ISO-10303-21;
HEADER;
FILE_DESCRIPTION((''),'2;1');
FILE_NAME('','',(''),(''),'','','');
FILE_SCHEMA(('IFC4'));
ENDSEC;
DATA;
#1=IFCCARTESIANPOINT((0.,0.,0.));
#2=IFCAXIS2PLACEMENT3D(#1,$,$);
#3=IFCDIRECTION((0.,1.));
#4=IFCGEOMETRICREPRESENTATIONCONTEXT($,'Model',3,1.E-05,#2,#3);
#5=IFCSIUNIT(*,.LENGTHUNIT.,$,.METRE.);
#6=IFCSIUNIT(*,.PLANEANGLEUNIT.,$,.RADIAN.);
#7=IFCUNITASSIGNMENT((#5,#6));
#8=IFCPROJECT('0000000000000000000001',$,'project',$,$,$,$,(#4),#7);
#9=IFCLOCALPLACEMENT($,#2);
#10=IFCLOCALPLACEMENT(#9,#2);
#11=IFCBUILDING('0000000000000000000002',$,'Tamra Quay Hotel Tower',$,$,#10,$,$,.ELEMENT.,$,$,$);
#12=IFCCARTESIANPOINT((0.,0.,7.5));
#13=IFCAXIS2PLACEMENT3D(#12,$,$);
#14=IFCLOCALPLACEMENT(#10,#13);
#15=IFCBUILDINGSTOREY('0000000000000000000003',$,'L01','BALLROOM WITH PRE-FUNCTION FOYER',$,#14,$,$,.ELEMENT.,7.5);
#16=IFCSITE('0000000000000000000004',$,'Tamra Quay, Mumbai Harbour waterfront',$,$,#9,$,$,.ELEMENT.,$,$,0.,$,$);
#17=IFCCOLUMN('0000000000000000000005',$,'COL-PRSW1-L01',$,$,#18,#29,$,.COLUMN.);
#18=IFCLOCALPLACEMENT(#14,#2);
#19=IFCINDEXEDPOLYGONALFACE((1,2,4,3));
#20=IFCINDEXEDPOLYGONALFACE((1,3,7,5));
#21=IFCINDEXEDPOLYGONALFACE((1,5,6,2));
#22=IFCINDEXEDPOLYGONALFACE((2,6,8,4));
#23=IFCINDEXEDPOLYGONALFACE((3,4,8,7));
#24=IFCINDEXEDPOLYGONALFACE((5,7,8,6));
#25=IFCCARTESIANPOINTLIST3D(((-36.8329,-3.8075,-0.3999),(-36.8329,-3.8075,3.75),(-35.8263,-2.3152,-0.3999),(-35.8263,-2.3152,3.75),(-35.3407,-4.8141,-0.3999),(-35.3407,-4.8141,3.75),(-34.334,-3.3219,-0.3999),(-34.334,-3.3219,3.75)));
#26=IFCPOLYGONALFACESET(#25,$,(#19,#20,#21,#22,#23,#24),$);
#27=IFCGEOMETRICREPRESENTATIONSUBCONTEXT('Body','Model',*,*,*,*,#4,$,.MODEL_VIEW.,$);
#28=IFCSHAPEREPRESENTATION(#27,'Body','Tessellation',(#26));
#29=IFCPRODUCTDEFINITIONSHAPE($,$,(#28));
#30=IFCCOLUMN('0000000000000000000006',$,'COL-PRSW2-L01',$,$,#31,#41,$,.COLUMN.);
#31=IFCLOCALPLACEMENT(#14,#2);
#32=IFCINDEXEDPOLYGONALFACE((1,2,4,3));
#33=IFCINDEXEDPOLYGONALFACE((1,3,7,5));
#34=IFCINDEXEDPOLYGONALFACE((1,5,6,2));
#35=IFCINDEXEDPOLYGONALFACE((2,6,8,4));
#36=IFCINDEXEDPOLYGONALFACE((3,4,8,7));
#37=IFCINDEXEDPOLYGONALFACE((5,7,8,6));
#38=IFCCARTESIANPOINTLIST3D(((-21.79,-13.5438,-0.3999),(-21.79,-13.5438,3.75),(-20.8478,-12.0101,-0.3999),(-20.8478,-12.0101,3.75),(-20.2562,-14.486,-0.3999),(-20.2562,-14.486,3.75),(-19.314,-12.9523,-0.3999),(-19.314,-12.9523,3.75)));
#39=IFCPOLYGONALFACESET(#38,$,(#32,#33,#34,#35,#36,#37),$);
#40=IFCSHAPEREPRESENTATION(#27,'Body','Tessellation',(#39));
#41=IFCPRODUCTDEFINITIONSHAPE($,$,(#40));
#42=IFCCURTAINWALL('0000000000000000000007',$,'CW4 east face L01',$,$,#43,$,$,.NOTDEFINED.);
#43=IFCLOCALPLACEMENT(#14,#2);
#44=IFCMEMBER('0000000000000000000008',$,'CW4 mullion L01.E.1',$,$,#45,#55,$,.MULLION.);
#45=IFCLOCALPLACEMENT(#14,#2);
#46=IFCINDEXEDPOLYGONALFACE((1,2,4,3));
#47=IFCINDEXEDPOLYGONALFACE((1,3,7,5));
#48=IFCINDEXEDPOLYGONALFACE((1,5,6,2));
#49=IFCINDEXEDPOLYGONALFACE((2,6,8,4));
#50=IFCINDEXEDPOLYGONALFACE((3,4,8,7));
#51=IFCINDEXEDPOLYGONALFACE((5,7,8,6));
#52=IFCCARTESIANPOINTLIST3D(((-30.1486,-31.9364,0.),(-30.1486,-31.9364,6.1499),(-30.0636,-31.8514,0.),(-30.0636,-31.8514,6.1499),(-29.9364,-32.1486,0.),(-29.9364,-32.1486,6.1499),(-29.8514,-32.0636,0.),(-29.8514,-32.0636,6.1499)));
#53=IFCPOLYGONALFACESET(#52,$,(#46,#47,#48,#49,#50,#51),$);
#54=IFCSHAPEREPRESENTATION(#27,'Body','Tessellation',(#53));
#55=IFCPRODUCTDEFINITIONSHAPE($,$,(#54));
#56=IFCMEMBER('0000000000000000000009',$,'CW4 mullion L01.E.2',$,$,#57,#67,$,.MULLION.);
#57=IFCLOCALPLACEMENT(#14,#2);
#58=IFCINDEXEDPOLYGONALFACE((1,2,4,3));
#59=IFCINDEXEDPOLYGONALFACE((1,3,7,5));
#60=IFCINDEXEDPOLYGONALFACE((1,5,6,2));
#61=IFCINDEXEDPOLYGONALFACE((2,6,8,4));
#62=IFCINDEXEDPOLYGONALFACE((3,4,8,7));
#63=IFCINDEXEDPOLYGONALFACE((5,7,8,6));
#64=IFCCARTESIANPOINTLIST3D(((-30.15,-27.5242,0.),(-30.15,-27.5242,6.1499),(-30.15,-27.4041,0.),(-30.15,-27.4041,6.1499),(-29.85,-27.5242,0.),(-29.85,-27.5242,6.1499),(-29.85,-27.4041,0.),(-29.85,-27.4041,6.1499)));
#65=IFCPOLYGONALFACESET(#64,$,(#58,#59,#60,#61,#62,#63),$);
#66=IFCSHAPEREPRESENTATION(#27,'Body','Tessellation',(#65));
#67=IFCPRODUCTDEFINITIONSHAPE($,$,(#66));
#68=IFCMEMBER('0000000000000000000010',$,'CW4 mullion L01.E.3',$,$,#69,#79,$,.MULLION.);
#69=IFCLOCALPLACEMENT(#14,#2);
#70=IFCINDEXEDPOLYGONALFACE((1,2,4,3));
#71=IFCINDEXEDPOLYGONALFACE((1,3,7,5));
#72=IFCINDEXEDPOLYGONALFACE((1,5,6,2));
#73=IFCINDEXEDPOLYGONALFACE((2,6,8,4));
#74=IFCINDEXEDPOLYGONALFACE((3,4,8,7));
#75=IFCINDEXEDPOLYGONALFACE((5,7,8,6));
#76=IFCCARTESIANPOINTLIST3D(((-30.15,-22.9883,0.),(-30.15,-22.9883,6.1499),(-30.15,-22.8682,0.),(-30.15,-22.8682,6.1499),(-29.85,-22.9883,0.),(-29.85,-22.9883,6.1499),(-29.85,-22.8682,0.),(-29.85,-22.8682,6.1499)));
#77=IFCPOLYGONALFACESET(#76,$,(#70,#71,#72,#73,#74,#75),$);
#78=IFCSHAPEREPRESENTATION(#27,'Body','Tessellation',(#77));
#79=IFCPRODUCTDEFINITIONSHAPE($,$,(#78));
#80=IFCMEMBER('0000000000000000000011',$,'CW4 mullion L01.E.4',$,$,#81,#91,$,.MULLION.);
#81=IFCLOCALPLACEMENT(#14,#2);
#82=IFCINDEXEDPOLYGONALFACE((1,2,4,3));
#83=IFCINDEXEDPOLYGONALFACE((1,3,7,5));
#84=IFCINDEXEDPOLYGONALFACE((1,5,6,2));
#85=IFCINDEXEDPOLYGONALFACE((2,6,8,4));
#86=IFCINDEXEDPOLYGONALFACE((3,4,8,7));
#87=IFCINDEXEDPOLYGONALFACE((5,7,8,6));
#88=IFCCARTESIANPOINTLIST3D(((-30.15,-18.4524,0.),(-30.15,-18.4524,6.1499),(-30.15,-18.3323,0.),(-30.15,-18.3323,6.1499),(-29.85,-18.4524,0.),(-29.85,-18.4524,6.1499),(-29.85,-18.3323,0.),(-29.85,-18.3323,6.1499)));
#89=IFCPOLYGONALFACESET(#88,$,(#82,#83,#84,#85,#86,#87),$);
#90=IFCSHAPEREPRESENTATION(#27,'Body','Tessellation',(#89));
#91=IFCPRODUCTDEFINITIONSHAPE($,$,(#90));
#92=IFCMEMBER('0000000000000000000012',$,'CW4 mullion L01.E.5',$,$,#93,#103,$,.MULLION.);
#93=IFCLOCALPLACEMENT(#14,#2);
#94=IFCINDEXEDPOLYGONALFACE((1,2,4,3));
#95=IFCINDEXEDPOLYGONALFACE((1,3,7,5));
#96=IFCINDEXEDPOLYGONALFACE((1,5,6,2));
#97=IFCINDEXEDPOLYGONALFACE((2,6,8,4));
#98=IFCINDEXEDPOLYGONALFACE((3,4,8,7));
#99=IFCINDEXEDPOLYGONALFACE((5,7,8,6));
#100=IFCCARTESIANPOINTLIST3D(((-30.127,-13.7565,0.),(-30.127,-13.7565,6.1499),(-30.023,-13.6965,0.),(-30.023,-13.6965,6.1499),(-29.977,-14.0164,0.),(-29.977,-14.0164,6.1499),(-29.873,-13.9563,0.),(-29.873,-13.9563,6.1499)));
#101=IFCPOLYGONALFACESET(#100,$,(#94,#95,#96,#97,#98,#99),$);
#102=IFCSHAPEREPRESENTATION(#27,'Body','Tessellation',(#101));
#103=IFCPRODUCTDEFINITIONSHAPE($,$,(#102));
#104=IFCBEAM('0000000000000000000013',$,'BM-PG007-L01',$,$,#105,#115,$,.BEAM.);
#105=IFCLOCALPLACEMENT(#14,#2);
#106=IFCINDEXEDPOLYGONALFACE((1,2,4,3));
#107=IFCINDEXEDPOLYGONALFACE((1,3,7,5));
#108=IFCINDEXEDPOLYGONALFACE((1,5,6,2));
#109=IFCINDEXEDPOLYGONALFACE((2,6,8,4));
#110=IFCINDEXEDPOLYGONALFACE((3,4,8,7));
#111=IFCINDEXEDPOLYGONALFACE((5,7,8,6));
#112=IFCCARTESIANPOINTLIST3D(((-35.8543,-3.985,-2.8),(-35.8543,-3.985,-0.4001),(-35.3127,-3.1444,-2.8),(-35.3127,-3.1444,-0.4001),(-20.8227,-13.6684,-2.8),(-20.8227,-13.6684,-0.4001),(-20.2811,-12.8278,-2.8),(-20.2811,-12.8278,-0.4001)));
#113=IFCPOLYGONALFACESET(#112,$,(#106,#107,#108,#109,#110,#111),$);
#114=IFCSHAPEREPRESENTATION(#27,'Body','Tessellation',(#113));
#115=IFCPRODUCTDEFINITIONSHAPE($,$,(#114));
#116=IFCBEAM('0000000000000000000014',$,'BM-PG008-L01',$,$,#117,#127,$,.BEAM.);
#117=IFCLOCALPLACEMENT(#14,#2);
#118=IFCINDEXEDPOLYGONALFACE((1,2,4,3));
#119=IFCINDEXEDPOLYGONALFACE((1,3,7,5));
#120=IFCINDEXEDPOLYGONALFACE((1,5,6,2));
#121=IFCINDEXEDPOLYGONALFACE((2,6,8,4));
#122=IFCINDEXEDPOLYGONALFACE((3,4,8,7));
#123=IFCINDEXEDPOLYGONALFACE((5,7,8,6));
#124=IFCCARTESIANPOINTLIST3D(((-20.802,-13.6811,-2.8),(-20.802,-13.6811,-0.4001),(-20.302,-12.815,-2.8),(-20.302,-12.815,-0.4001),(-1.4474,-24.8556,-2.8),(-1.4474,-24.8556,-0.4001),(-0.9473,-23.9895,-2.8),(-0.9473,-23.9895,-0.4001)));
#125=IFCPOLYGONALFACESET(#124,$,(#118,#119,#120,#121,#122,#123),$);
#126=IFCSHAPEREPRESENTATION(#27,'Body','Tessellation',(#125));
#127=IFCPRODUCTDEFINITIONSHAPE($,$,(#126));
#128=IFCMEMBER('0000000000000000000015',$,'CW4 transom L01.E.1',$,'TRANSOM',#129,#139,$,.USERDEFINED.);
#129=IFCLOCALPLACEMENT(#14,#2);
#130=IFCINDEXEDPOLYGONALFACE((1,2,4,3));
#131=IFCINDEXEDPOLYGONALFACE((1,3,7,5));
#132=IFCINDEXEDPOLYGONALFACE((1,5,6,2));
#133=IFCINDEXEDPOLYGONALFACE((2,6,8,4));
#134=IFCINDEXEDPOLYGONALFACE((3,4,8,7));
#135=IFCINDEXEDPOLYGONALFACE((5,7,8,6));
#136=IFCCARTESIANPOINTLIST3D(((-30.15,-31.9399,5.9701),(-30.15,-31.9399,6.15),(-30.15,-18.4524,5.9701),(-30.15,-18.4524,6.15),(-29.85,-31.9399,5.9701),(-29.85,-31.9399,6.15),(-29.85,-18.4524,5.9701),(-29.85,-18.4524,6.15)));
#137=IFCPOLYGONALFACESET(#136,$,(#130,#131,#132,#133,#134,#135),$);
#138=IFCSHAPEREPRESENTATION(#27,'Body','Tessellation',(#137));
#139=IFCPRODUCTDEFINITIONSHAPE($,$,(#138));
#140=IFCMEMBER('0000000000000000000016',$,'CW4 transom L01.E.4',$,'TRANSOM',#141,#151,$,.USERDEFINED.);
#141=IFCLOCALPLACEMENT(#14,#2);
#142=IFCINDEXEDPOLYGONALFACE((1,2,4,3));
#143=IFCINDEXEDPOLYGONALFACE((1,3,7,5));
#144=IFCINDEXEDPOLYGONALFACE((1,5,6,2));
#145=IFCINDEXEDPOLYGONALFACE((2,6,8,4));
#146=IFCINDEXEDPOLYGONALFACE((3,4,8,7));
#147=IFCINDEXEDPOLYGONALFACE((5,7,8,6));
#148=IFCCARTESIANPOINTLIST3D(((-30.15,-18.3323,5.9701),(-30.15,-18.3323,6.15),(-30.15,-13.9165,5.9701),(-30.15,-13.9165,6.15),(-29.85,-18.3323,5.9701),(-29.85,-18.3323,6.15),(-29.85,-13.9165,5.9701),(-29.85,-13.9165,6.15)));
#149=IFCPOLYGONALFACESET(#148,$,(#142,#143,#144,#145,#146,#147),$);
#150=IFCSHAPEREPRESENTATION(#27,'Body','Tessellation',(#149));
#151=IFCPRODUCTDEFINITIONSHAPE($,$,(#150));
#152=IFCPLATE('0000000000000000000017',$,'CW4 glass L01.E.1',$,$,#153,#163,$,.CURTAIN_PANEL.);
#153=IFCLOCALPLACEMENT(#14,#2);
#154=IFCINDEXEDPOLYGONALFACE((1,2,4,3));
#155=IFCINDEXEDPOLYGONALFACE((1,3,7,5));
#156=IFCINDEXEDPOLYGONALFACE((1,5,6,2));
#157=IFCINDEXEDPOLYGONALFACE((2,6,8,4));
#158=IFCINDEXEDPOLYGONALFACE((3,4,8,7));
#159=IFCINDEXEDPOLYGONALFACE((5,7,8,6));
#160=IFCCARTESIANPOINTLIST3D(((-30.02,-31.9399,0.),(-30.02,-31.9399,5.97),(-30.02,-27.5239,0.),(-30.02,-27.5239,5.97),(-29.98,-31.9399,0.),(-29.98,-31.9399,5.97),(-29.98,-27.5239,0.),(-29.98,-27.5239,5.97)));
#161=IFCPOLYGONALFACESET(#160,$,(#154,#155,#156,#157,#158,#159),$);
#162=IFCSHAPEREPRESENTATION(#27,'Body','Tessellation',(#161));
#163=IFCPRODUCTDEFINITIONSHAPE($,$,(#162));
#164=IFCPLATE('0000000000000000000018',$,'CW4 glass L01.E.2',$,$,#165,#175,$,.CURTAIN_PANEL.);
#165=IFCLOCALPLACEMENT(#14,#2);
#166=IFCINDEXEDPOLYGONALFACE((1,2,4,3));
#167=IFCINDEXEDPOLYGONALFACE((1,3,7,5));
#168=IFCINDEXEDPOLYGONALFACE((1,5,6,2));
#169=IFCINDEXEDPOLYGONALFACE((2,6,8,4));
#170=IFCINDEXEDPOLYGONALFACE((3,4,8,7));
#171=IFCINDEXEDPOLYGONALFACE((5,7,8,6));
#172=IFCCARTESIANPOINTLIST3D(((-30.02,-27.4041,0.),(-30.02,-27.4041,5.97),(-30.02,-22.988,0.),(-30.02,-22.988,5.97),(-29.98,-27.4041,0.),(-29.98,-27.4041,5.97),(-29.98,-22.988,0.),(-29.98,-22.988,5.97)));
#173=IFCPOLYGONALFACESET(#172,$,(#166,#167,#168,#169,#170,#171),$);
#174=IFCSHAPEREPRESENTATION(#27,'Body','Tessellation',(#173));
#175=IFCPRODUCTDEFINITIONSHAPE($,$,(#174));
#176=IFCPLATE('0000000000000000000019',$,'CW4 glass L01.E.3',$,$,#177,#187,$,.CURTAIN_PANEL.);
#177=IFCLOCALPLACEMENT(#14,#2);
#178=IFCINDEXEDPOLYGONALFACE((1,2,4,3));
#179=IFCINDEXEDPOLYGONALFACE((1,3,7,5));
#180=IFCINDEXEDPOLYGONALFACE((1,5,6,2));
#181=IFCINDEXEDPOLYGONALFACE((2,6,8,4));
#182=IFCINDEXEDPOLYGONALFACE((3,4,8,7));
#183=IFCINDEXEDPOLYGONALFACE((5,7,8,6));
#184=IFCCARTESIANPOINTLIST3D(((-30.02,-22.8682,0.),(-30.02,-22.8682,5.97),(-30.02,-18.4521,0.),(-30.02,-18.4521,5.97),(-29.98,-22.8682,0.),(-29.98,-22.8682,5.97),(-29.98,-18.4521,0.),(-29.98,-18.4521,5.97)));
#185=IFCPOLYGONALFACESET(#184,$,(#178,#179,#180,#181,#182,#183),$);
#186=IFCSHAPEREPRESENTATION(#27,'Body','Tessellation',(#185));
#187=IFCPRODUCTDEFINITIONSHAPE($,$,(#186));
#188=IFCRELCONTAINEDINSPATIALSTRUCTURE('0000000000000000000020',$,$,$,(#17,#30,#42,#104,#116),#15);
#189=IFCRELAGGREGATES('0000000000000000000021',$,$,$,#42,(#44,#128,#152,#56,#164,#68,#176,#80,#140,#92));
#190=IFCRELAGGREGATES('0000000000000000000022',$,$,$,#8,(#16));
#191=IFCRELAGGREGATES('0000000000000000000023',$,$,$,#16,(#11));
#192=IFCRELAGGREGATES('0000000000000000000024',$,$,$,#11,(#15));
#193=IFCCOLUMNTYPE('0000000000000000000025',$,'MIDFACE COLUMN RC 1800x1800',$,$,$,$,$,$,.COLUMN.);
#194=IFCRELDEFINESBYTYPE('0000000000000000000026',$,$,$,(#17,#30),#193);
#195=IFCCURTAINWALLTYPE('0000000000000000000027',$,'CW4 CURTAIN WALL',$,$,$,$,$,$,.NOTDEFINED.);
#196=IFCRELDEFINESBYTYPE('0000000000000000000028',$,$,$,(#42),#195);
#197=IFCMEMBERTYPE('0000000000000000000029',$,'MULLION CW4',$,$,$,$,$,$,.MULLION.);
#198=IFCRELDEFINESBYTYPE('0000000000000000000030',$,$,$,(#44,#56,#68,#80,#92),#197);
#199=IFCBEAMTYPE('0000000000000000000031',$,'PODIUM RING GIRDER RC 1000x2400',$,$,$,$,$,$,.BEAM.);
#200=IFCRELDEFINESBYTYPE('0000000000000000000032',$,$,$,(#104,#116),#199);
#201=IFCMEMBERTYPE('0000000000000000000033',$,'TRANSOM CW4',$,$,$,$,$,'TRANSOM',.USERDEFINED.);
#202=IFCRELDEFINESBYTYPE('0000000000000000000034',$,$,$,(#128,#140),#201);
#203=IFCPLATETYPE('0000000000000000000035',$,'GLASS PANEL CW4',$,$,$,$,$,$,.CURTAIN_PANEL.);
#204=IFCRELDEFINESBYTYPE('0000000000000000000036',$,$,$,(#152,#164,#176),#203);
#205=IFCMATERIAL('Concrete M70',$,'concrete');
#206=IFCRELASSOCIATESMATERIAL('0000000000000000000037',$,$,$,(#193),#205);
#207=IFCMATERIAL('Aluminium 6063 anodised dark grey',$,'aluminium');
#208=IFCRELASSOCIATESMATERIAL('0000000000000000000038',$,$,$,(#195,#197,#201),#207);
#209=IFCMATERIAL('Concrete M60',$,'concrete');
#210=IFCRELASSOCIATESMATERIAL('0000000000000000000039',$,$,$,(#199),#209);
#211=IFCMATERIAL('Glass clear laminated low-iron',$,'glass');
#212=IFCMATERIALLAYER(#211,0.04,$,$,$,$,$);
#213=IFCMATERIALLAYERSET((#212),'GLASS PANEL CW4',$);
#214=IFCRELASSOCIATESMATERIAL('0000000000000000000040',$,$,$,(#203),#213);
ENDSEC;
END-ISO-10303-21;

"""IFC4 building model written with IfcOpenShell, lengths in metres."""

from ifc_helpers import new_model, si_unit, direction, frame, origin, origin_2d, place, context, subcontext, project, spatial, rectangle, extrude, material, layer, layer_set, material_profile, profile_set, type_object, element, aggregate, save


model = new_model("IFC4")

# Units and contexts
model_context = context("Model", 3, precision=1e-05, world=origin(), true_north=direction((0.0, 1.0)))
body_context = subcontext(model_context, "Body", "Model", "MODEL_VIEW")
ifc_project = project(units=[si_unit("LENGTHUNIT", "METRE"), si_unit("PLANEANGLEUNIT", "RADIAN")], contexts=[model_context])

# Site, building, storey
site_placement = place(None, origin())
site = spatial("IfcSite", under=ifc_project, at=site_placement, Name="Tamra Quay, Mumbai Harbour waterfront", CompositionType="ELEMENT", RefElevation=0.0)
building_placement = place(site_placement, origin())
building = spatial("IfcBuilding", under=site, at=building_placement, Name="Tamra Quay Hotel Tower", CompositionType="ELEMENT")
storey_placement = place(building_placement, frame((0.0, 0.0, 7.5)))
storey = spatial("IfcBuildingStorey", under=building, at=storey_placement, Name="L01", Description="BALLROOM WITH PRE-FUNCTION FOYER", CompositionType="ELEMENT", Elevation=7.5)

# Columns
ifc_material_1 = material(Name="Concrete M70", Category="concrete")
ifc_material_profile_1 = material_profile(ifc_material_1, rectangle(XDim=1.8, YDim=1.8, at=origin_2d()), Name="MIDFACE COLUMN RC 1800x1800")
ifc_profile_set_1 = profile_set([ifc_material_profile_1], Name="Concrete M70")
column_type = type_object("IfcColumnType", Name="MIDFACE COLUMN RC 1800x1800", PredefinedType="COLUMN", material=ifc_profile_set_1)
for number, where, z_axis, x_axis, name in (
    (1, (-35.5835, -3.5647, -0.3999), (0.0, 0.0, 1.0), (0.55922, 0.829019, 0.0), "COL-PRSW1-L01"),
    (2, (-20.552, -13.248, -0.3999), (0.0, 0.0, 1.0), (0.52343, 0.852069, 0.0), "COL-PRSW2-L01"),
):
    element("IfcColumn", number, at=place(storey_placement, frame(where, z_axis=z_axis, x_axis=x_axis)), inside=storey, type_object=column_type, Name=name, PredefinedType="COLUMN", context=body_context, shape_type="SweptSolid", body=[
        extrude(rectangle(XDim=1.8, YDim=1.8, at=origin_2d()), origin(), (0.0, 0.0, 1.0), 4.1499),
    ])

# Curtain wall, members
ifc_material_2 = material(Name="Aluminium 6063 anodised dark grey", Category="aluminium")
curtain_wall_type = type_object("IfcCurtainWallType", Name="CW4 CURTAIN WALL", PredefinedType="NOTDEFINED", material=ifc_material_2)
curtain_wall_placement = place(storey_placement, origin())
curtain_wall = element("IfcCurtainWall", 3, at=curtain_wall_placement, inside=storey, type_object=curtain_wall_type, Name="CW4 east face L01", PredefinedType="NOTDEFINED")
ifc_material_profile_2 = material_profile(ifc_material_2, rectangle(XDim=0.3, YDim=0.1201, at=origin_2d()), Name="MULLION 120X300")
ifc_profile_set_2 = profile_set([ifc_material_profile_2], Name="Aluminium 6063 anodised dark grey")
member_type_1 = type_object("IfcMemberType", Name="MULLION CW4", PredefinedType="MULLION", material=ifc_profile_set_2)
member_1_placement = place(storey_placement, frame((-30.0, -32.0, 0.0), z_axis=(0.0, 0.0, 1.0), x_axis=(0.707107, -0.707107, 0.0)))
member_1 = element("IfcMember", 4, at=member_1_placement, type_object=member_type_1, Name="CW4 mullion L01.E.1", PredefinedType="MULLION", context=body_context, shape_type="SweptSolid", body=[
    extrude(rectangle(XDim=0.3, YDim=0.1201, at=origin_2d()), origin(), (0.0, 0.0, 1.0), 6.1499),
])
member_2_placement = place(storey_placement, frame((-30.0, -27.4641, 0.0), z_axis=(0.0, 0.0, 1.0), x_axis=(1.0, 0.0, 0.0)))
member_2 = element("IfcMember", 5, at=member_2_placement, type_object=member_type_1, Name="CW4 mullion L01.E.2", PredefinedType="MULLION", context=body_context, shape_type="SweptSolid", body=[
    extrude(rectangle(XDim=0.3, YDim=0.1201, at=origin_2d()), origin(), (0.0, 0.0, 1.0), 6.1499),
])
member_3_placement = place(storey_placement, frame((-30.0, -22.9282, 0.0), z_axis=(0.0, 0.0, 1.0), x_axis=(1.0, 0.0, 0.0)))
member_3 = element("IfcMember", 6, at=member_3_placement, type_object=member_type_1, Name="CW4 mullion L01.E.3", PredefinedType="MULLION", context=body_context, shape_type="SweptSolid", body=[
    extrude(rectangle(XDim=0.3, YDim=0.1201, at=origin_2d()), origin(), (0.0, 0.0, 1.0), 6.1499),
])
member_4_placement = place(storey_placement, frame((-30.0, -18.3923, 0.0), z_axis=(0.0, 0.0, 1.0), x_axis=(1.0, 0.0, 0.0)))
member_4 = element("IfcMember", 7, at=member_4_placement, type_object=member_type_1, Name="CW4 mullion L01.E.4", PredefinedType="MULLION", context=body_context, shape_type="SweptSolid", body=[
    extrude(rectangle(XDim=0.3, YDim=0.1201, at=origin_2d()), origin(), (0.0, 0.0, 1.0), 6.1499),
])
member_5_placement = place(storey_placement, frame((-30.0, -13.8564, 0.0), z_axis=(0.0, 0.0, 1.0), x_axis=(0.5, -0.866025, 0.0)))
member_5 = element("IfcMember", 8, at=member_5_placement, type_object=member_type_1, Name="CW4 mullion L01.E.5", PredefinedType="MULLION", context=body_context, shape_type="SweptSolid", body=[
    extrude(rectangle(XDim=0.3, YDim=0.1201, at=origin_2d()), origin(), (0.0, 0.0, 1.0), 6.1499),
])

# Beams
ifc_material_3 = material(Name="Concrete M60", Category="concrete")
ifc_material_profile_3 = material_profile(ifc_material_3, rectangle(XDim=1.0, YDim=2.3999, at=origin_2d()), Name="PODIUM RING GIRDER RC 1000x2400")
ifc_profile_set_3 = profile_set([ifc_material_profile_3], Name="Concrete M60")
beam_type = type_object("IfcBeamType", Name="PODIUM RING GIRDER RC 1000x2400", PredefinedType="BEAM", material=ifc_profile_set_3)
beam_1_placement = place(storey_placement, frame((-35.5835, -3.5647, -1.6001), z_axis=(0.840663, -0.541559, 0.0), x_axis=(0.541559, 0.840663, 0.0)))
element("IfcBeam", 9, at=beam_1_placement, inside=storey, type_object=beam_type, Name="BM-PG007-L01", PredefinedType="BEAM", context=body_context, shape_type="SweptSolid", body=[
    extrude(rectangle(XDim=1.0, YDim=2.3999, at=origin_2d()), origin(), (0.0, 0.0, 1.0), 17.8806),
])
beam_2_placement = place(storey_placement, frame((-20.552, -13.248, -1.6001), z_axis=(0.866023, -0.500003, 0.0), x_axis=(0.500003, 0.866023, 0.0)))
element("IfcBeam", 10, at=beam_2_placement, inside=storey, type_object=beam_type, Name="BM-PG008-L01", PredefinedType="BEAM", context=body_context, shape_type="SweptSolid", body=[
    extrude(rectangle(XDim=1.0, YDim=2.3999, at=origin_2d()), origin(), (0.0, 0.0, 1.0), 22.3489),
])

# Members
ifc_material_profile_4 = material_profile(ifc_material_2, rectangle(XDim=0.3, YDim=0.1799, at=origin_2d()), Name="TRANSOM 300X180")
ifc_profile_set_4 = profile_set([ifc_material_profile_4], Name="Aluminium 6063 anodised dark grey")
member_type_2 = type_object("IfcMemberType", Name="TRANSOM CW4", ElementType="TRANSOM", PredefinedType="USERDEFINED", material=ifc_profile_set_4)
member_6_placement = place(storey_placement, frame((-30.0, -31.9399, 6.0601), z_axis=(0.0, 1.0, 0.0), x_axis=(-1.0, 0.0, 0.0)))
member_6 = element("IfcMember", 11, at=member_6_placement, type_object=member_type_2, Name="CW4 transom L01.E.1", ObjectType="TRANSOM", PredefinedType="USERDEFINED", context=body_context, shape_type="SweptSolid", body=[
    extrude(rectangle(XDim=0.3, YDim=0.1799, at=origin_2d()), origin(), (0.0, 0.0, 1.0), 13.4875),
])
member_7_placement = place(storey_placement, frame((-30.0, -18.3323, 6.0601), z_axis=(0.0, 1.0, 0.0), x_axis=(-1.0, 0.0, 0.0)))
member_7 = element("IfcMember", 12, at=member_7_placement, type_object=member_type_2, Name="CW4 transom L01.E.4", ObjectType="TRANSOM", PredefinedType="USERDEFINED", context=body_context, shape_type="SweptSolid", body=[
    extrude(rectangle(XDim=0.3, YDim=0.1799, at=origin_2d()), origin(), (0.0, 0.0, 1.0), 4.4158),
])

# Plates
ifc_material_4 = material(Name="Glass clear laminated low-iron", Category="glass")
ifc_layer_1 = layer(ifc_material_4, 0.04)
ifc_layer_set_1 = layer_set([ifc_layer_1], Name="GLASS PANEL CW4")
plate_type = type_object("IfcPlateType", Name="GLASS PANEL CW4", PredefinedType="CURTAIN_PANEL", material=ifc_layer_set_1)
plate_1_placement = place(storey_placement, frame((-30.0, -29.7319, 0.0), z_axis=(0.0, 0.0, 1.0), x_axis=(0.0, 1.0, 0.0)))
plate_1 = element("IfcPlate", 13, at=plate_1_placement, type_object=plate_type, Name="CW4 glass L01.E.1", PredefinedType="CURTAIN_PANEL", context=body_context, shape_type="SweptSolid", body=[
    extrude(rectangle(XDim=4.416, YDim=0.04, at=origin_2d()), origin(), (0.0, 0.0, 1.0), 5.97),
])
plate_2_placement = place(storey_placement, frame((-30.0, -25.196, 0.0), z_axis=(0.0, 0.0, 1.0), x_axis=(0.0, 1.0, 0.0)))
plate_2 = element("IfcPlate", 14, at=plate_2_placement, type_object=plate_type, Name="CW4 glass L01.E.2", PredefinedType="CURTAIN_PANEL", context=body_context, shape_type="SweptSolid", body=[
    extrude(rectangle(XDim=4.416, YDim=0.04, at=origin_2d()), origin(), (0.0, 0.0, 1.0), 5.97),
])
plate_3_placement = place(storey_placement, frame((-30.0, -20.6602, 0.0), z_axis=(0.0, 0.0, 1.0), x_axis=(0.0, 1.0, 0.0)))
plate_3 = element("IfcPlate", 15, at=plate_3_placement, type_object=plate_type, Name="CW4 glass L01.E.3", PredefinedType="CURTAIN_PANEL", context=body_context, shape_type="SweptSolid", body=[
    extrude(rectangle(XDim=4.416, YDim=0.04, at=origin_2d()), origin(), (0.0, 0.0, 1.0), 5.97),
])
aggregate(curtain_wall, [member_1, member_6, plate_1, member_2, plate_2, member_3, plate_3, member_4, member_7, member_5])

save(model, "model.ifc")
